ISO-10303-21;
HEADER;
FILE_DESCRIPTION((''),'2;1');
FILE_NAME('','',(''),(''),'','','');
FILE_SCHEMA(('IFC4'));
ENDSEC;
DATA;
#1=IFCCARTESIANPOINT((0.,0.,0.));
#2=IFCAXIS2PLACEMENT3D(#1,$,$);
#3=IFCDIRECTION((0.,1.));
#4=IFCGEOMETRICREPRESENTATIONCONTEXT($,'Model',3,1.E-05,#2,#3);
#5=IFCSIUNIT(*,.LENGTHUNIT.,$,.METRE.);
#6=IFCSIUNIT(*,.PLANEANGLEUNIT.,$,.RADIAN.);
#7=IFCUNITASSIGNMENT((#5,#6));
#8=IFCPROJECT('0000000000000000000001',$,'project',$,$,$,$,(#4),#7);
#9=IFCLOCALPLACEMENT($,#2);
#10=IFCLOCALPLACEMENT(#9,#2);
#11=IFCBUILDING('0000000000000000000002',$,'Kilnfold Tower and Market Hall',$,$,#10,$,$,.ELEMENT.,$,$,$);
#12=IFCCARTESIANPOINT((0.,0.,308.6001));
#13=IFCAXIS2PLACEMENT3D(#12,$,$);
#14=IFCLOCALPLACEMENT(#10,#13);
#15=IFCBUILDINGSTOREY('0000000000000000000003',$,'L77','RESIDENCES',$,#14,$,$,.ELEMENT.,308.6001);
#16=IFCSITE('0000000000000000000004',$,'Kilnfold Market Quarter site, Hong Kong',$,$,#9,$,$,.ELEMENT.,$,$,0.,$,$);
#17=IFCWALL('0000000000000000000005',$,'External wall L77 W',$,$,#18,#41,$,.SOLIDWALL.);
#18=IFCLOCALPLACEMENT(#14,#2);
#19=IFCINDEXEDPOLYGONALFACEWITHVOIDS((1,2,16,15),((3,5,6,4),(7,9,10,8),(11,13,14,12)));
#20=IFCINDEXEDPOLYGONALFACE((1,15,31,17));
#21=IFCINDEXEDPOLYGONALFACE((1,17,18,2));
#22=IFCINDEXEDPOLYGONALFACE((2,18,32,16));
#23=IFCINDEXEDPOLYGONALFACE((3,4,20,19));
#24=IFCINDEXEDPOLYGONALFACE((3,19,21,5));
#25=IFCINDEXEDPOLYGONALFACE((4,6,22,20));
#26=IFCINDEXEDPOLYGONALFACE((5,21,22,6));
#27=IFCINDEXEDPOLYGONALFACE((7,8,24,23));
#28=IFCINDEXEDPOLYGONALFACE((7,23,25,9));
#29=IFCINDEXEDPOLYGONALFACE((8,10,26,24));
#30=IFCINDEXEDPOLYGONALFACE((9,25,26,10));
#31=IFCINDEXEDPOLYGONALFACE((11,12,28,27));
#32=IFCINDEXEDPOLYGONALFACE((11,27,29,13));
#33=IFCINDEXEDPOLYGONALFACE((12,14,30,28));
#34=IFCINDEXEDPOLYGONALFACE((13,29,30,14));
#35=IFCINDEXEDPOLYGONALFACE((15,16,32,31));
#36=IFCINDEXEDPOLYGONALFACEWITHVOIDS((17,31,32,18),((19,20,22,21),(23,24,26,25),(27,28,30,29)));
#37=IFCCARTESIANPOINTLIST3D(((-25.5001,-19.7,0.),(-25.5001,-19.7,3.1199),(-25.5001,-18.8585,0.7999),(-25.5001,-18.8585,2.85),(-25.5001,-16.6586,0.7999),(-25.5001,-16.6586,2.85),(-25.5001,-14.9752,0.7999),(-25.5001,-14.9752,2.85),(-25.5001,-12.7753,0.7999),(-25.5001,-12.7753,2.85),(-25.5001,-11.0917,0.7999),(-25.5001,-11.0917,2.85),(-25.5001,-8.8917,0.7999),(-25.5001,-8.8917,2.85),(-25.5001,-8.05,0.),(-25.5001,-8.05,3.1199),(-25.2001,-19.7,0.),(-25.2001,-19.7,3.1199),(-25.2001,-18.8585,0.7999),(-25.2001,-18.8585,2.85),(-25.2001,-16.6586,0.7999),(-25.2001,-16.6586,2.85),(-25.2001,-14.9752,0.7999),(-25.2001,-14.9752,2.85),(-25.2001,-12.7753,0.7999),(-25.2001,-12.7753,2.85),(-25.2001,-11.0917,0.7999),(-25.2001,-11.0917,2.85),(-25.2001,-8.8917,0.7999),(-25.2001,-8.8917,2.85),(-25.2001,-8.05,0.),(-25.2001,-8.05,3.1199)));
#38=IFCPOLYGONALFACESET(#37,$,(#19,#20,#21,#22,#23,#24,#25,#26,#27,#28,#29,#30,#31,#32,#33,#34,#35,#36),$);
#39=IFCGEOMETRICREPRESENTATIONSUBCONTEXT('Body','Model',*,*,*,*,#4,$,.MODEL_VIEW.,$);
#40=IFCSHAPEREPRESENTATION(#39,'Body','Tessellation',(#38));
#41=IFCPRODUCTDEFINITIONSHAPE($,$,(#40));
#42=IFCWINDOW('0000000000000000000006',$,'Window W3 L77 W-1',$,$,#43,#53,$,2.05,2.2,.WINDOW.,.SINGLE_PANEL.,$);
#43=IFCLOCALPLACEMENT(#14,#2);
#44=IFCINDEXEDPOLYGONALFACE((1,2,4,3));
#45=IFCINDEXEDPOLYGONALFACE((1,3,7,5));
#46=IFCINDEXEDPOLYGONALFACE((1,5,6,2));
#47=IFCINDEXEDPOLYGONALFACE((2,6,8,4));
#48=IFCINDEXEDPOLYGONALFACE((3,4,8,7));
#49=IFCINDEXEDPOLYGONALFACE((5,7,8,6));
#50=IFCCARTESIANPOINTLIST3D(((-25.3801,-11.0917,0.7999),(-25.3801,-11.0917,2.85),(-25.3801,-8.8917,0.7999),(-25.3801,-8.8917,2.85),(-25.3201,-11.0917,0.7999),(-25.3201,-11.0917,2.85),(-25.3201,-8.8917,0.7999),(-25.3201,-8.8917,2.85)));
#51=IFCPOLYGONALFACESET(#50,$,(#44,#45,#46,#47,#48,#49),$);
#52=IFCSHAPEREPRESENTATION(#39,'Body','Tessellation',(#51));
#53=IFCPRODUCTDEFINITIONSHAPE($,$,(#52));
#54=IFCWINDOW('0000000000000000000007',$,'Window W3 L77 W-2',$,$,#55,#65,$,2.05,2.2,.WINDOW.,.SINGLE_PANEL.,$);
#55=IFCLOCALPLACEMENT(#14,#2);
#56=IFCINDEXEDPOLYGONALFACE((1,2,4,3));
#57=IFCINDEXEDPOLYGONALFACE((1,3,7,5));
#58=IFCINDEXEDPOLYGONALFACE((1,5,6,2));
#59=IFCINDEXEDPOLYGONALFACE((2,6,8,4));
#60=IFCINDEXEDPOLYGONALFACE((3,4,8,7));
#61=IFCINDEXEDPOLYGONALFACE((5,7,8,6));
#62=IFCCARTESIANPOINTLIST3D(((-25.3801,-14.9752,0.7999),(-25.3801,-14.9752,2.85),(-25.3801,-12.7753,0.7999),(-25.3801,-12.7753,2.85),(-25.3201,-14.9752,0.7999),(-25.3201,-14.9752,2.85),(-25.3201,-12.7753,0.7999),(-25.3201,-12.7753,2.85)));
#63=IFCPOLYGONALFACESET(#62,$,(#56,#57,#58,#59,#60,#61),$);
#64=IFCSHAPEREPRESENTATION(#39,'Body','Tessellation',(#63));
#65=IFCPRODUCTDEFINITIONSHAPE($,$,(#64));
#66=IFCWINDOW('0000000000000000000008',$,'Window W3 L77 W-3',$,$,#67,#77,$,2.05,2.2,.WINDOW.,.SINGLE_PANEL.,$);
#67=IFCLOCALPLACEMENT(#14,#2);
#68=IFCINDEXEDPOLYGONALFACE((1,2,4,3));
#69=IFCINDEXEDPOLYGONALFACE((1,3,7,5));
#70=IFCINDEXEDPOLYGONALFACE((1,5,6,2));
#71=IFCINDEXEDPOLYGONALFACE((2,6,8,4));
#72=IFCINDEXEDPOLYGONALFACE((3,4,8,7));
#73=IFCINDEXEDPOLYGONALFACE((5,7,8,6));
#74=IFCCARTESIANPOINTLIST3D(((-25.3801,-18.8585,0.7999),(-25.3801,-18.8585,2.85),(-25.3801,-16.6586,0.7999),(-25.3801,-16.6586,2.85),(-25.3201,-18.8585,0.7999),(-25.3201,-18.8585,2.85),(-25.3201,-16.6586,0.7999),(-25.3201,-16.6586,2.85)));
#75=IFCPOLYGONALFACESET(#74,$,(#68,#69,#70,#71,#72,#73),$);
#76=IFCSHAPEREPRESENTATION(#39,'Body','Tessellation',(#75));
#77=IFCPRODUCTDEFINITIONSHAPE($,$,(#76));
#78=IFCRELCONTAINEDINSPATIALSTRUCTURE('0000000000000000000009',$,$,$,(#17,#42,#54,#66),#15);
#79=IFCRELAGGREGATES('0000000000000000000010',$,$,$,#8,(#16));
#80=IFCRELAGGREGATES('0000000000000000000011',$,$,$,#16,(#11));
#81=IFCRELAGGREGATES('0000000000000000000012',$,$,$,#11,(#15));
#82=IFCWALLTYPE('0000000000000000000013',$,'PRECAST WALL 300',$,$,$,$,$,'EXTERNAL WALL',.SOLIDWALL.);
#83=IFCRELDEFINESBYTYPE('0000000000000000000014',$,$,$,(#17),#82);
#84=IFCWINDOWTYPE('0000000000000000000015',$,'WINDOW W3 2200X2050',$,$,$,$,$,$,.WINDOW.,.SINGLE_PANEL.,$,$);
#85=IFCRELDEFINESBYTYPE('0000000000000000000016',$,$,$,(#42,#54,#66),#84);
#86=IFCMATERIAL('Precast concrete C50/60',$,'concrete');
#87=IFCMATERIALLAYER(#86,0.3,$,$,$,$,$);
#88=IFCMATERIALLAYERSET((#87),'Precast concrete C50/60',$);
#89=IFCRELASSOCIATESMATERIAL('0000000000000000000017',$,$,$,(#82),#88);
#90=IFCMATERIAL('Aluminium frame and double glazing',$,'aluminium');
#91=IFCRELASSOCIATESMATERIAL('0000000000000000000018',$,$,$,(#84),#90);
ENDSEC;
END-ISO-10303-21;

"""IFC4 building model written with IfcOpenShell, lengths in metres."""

from ifc_helpers import new_model, si_unit, direction, frame, frame_2d, origin, place, context, subcontext, project, spatial, rectangle, extrude, source, transform, mapped, material, layer, layer_set, type_object, element, fill, save


model = new_model("IFC4")

# Units and contexts
model_context = context("Model", 3, precision=1e-05, world=origin(), true_north=direction((0.0, 1.0)))
body_context = subcontext(model_context, "Body", "Model", "MODEL_VIEW")
ifc_project = project(units=[si_unit("LENGTHUNIT", "METRE"), si_unit("PLANEANGLEUNIT", "RADIAN")], contexts=[model_context])

# Site, building, storey
site_placement = place(None, origin())
site = spatial("IfcSite", under=ifc_project, at=site_placement, Name="Kilnfold Market Quarter site, Hong Kong", CompositionType="ELEMENT", RefElevation=0.0)
building_placement = place(site_placement, origin())
building = spatial("IfcBuilding", under=site, at=building_placement, Name="Kilnfold Tower and Market Hall", CompositionType="ELEMENT")
storey_placement = place(building_placement, frame((0.0, 0.0, 308.6001)))
storey = spatial("IfcBuildingStorey", under=building, at=storey_placement, Name="L77", Description="RESIDENCES", CompositionType="ELEMENT", Elevation=308.6001)

# Wall, openings, windows
ifc_material_1 = material(Name="Precast concrete C50/60", Category="concrete")
ifc_layer_1 = layer(ifc_material_1, 0.3)
ifc_layer_set_1 = layer_set([ifc_layer_1], Name="Precast concrete C50/60")
wall_type_1 = type_object("IfcWallType", Name="PRECAST WALL 300", ElementType="EXTERNAL WALL", PredefinedType="SOLIDWALL", material=ifc_layer_set_1)
ifc_material_2 = material(Name="Aluminium frame and double glazing", Category="aluminium")
window_type = type_object("IfcWindowType", Name="WINDOW W3 2200X2050", PartitioningType="SINGLE_PANEL", PredefinedType="WINDOW", material=ifc_material_2)
shared_shape_1 = source(origin(), body_context, "Body", "SweptSolid", [
    extrude(rectangle(XDim=11.6499, YDim=0.3, at=frame_2d((5.825, 0.0))), origin(), (0.0, 0.0, 1.0), 3.1199),
])
wall_1_placement = place(storey_placement, frame((-25.3501, -8.05, 0.0), z_axis=(0.0, 0.0, 1.0), x_axis=(0.0, -1.0, 0.0)))
wall_1 = element("IfcWall", 1, at=wall_1_placement, inside=storey, type_object=wall_type_1, Name="External wall L77 W", PredefinedType="SOLIDWALL", context=body_context, shape_type="MappedRepresentation", body=[
    mapped(shared_shape_1, transform((0.0, 0.0, 0.0))),
])
opening_1_placement = place(wall_1_placement, frame((0.8416, 0.0, 0.8)))
opening_1 = element("IfcOpeningElement", 2, at=opening_1_placement, cuts=wall_1, PredefinedType="OPENING", context=body_context, shape_type="SweptSolid", body=[
    extrude(rectangle(XDim=2.2, YDim=2.05, at=frame_2d((1.1001, 1.0249))), frame((0.0, 0.1602, 0.0), z_axis=(0.0, -1.0, 0.0), x_axis=(1.0, 0.0, 0.0)), (0.0, 0.0, 1.0), 0.3201),
])
opening_2_placement = place(wall_1_placement, frame((4.7251, 0.0, 0.8)))
opening_2 = element("IfcOpeningElement", 3, at=opening_2_placement, cuts=wall_1, PredefinedType="OPENING", context=body_context, shape_type="SweptSolid", body=[
    extrude(rectangle(XDim=2.2, YDim=2.05, at=frame_2d((1.1001, 1.0249))), frame((0.0, 0.1602, 0.0), z_axis=(0.0, -1.0, 0.0), x_axis=(1.0, 0.0, 0.0)), (0.0, 0.0, 1.0), 0.3201),
])
opening_3_placement = place(wall_1_placement, frame((8.6084, 0.0, 0.8)))
opening_3 = element("IfcOpeningElement", 4, at=opening_3_placement, cuts=wall_1, PredefinedType="OPENING", context=body_context, shape_type="SweptSolid", body=[
    extrude(rectangle(XDim=2.2, YDim=2.05, at=frame_2d((1.1001, 1.0249))), frame((0.0, 0.1602, 0.0), z_axis=(0.0, -1.0, 0.0), x_axis=(1.0, 0.0, 0.0)), (0.0, 0.0, 1.0), 0.3201),
])
window_1_placement = place(opening_1_placement, origin())
window_1 = element("IfcWindow", 5, at=window_1_placement, inside=storey, type_object=window_type, Name="Window W3 L77 W-1", OverallHeight=2.05, OverallWidth=2.2, PartitioningType="SINGLE_PANEL", PredefinedType="WINDOW", context=body_context, shape_type="SweptSolid", body=[
    extrude(rectangle(XDim=2.2, YDim=2.05, at=frame_2d((1.1001, 1.0249))), frame((0.0, 0.03, 0.0), z_axis=(0.0, -1.0, 0.0), x_axis=(1.0, 0.0, 0.0)), (0.0, 0.0, 1.0), 0.0601),
])
fill(opening_1, window_1)
window_2_placement = place(opening_2_placement, origin())
window_2 = element("IfcWindow", 6, at=window_2_placement, inside=storey, type_object=window_type, Name="Window W3 L77 W-2", OverallHeight=2.05, OverallWidth=2.2, PartitioningType="SINGLE_PANEL", PredefinedType="WINDOW", context=body_context, shape_type="SweptSolid", body=[
    extrude(rectangle(XDim=2.2, YDim=2.05, at=frame_2d((1.1001, 1.0249))), frame((0.0, 0.03, 0.0), z_axis=(0.0, -1.0, 0.0), x_axis=(1.0, 0.0, 0.0)), (0.0, 0.0, 1.0), 0.0601),
])
fill(opening_2, window_2)
window_3_placement = place(opening_3_placement, origin())
window_3 = element("IfcWindow", 7, at=window_3_placement, inside=storey, type_object=window_type, Name="Window W3 L77 W-3", OverallHeight=2.05, OverallWidth=2.2, PartitioningType="SINGLE_PANEL", PredefinedType="WINDOW", context=body_context, shape_type="SweptSolid", body=[
    extrude(rectangle(XDim=2.2, YDim=2.05, at=frame_2d((1.1001, 1.0249))), frame((0.0, 0.03, 0.0), z_axis=(0.0, -1.0, 0.0), x_axis=(1.0, 0.0, 0.0)), (0.0, 0.0, 1.0), 0.0601),
])
fill(opening_3, window_3)

save(model, "model.ifc")
